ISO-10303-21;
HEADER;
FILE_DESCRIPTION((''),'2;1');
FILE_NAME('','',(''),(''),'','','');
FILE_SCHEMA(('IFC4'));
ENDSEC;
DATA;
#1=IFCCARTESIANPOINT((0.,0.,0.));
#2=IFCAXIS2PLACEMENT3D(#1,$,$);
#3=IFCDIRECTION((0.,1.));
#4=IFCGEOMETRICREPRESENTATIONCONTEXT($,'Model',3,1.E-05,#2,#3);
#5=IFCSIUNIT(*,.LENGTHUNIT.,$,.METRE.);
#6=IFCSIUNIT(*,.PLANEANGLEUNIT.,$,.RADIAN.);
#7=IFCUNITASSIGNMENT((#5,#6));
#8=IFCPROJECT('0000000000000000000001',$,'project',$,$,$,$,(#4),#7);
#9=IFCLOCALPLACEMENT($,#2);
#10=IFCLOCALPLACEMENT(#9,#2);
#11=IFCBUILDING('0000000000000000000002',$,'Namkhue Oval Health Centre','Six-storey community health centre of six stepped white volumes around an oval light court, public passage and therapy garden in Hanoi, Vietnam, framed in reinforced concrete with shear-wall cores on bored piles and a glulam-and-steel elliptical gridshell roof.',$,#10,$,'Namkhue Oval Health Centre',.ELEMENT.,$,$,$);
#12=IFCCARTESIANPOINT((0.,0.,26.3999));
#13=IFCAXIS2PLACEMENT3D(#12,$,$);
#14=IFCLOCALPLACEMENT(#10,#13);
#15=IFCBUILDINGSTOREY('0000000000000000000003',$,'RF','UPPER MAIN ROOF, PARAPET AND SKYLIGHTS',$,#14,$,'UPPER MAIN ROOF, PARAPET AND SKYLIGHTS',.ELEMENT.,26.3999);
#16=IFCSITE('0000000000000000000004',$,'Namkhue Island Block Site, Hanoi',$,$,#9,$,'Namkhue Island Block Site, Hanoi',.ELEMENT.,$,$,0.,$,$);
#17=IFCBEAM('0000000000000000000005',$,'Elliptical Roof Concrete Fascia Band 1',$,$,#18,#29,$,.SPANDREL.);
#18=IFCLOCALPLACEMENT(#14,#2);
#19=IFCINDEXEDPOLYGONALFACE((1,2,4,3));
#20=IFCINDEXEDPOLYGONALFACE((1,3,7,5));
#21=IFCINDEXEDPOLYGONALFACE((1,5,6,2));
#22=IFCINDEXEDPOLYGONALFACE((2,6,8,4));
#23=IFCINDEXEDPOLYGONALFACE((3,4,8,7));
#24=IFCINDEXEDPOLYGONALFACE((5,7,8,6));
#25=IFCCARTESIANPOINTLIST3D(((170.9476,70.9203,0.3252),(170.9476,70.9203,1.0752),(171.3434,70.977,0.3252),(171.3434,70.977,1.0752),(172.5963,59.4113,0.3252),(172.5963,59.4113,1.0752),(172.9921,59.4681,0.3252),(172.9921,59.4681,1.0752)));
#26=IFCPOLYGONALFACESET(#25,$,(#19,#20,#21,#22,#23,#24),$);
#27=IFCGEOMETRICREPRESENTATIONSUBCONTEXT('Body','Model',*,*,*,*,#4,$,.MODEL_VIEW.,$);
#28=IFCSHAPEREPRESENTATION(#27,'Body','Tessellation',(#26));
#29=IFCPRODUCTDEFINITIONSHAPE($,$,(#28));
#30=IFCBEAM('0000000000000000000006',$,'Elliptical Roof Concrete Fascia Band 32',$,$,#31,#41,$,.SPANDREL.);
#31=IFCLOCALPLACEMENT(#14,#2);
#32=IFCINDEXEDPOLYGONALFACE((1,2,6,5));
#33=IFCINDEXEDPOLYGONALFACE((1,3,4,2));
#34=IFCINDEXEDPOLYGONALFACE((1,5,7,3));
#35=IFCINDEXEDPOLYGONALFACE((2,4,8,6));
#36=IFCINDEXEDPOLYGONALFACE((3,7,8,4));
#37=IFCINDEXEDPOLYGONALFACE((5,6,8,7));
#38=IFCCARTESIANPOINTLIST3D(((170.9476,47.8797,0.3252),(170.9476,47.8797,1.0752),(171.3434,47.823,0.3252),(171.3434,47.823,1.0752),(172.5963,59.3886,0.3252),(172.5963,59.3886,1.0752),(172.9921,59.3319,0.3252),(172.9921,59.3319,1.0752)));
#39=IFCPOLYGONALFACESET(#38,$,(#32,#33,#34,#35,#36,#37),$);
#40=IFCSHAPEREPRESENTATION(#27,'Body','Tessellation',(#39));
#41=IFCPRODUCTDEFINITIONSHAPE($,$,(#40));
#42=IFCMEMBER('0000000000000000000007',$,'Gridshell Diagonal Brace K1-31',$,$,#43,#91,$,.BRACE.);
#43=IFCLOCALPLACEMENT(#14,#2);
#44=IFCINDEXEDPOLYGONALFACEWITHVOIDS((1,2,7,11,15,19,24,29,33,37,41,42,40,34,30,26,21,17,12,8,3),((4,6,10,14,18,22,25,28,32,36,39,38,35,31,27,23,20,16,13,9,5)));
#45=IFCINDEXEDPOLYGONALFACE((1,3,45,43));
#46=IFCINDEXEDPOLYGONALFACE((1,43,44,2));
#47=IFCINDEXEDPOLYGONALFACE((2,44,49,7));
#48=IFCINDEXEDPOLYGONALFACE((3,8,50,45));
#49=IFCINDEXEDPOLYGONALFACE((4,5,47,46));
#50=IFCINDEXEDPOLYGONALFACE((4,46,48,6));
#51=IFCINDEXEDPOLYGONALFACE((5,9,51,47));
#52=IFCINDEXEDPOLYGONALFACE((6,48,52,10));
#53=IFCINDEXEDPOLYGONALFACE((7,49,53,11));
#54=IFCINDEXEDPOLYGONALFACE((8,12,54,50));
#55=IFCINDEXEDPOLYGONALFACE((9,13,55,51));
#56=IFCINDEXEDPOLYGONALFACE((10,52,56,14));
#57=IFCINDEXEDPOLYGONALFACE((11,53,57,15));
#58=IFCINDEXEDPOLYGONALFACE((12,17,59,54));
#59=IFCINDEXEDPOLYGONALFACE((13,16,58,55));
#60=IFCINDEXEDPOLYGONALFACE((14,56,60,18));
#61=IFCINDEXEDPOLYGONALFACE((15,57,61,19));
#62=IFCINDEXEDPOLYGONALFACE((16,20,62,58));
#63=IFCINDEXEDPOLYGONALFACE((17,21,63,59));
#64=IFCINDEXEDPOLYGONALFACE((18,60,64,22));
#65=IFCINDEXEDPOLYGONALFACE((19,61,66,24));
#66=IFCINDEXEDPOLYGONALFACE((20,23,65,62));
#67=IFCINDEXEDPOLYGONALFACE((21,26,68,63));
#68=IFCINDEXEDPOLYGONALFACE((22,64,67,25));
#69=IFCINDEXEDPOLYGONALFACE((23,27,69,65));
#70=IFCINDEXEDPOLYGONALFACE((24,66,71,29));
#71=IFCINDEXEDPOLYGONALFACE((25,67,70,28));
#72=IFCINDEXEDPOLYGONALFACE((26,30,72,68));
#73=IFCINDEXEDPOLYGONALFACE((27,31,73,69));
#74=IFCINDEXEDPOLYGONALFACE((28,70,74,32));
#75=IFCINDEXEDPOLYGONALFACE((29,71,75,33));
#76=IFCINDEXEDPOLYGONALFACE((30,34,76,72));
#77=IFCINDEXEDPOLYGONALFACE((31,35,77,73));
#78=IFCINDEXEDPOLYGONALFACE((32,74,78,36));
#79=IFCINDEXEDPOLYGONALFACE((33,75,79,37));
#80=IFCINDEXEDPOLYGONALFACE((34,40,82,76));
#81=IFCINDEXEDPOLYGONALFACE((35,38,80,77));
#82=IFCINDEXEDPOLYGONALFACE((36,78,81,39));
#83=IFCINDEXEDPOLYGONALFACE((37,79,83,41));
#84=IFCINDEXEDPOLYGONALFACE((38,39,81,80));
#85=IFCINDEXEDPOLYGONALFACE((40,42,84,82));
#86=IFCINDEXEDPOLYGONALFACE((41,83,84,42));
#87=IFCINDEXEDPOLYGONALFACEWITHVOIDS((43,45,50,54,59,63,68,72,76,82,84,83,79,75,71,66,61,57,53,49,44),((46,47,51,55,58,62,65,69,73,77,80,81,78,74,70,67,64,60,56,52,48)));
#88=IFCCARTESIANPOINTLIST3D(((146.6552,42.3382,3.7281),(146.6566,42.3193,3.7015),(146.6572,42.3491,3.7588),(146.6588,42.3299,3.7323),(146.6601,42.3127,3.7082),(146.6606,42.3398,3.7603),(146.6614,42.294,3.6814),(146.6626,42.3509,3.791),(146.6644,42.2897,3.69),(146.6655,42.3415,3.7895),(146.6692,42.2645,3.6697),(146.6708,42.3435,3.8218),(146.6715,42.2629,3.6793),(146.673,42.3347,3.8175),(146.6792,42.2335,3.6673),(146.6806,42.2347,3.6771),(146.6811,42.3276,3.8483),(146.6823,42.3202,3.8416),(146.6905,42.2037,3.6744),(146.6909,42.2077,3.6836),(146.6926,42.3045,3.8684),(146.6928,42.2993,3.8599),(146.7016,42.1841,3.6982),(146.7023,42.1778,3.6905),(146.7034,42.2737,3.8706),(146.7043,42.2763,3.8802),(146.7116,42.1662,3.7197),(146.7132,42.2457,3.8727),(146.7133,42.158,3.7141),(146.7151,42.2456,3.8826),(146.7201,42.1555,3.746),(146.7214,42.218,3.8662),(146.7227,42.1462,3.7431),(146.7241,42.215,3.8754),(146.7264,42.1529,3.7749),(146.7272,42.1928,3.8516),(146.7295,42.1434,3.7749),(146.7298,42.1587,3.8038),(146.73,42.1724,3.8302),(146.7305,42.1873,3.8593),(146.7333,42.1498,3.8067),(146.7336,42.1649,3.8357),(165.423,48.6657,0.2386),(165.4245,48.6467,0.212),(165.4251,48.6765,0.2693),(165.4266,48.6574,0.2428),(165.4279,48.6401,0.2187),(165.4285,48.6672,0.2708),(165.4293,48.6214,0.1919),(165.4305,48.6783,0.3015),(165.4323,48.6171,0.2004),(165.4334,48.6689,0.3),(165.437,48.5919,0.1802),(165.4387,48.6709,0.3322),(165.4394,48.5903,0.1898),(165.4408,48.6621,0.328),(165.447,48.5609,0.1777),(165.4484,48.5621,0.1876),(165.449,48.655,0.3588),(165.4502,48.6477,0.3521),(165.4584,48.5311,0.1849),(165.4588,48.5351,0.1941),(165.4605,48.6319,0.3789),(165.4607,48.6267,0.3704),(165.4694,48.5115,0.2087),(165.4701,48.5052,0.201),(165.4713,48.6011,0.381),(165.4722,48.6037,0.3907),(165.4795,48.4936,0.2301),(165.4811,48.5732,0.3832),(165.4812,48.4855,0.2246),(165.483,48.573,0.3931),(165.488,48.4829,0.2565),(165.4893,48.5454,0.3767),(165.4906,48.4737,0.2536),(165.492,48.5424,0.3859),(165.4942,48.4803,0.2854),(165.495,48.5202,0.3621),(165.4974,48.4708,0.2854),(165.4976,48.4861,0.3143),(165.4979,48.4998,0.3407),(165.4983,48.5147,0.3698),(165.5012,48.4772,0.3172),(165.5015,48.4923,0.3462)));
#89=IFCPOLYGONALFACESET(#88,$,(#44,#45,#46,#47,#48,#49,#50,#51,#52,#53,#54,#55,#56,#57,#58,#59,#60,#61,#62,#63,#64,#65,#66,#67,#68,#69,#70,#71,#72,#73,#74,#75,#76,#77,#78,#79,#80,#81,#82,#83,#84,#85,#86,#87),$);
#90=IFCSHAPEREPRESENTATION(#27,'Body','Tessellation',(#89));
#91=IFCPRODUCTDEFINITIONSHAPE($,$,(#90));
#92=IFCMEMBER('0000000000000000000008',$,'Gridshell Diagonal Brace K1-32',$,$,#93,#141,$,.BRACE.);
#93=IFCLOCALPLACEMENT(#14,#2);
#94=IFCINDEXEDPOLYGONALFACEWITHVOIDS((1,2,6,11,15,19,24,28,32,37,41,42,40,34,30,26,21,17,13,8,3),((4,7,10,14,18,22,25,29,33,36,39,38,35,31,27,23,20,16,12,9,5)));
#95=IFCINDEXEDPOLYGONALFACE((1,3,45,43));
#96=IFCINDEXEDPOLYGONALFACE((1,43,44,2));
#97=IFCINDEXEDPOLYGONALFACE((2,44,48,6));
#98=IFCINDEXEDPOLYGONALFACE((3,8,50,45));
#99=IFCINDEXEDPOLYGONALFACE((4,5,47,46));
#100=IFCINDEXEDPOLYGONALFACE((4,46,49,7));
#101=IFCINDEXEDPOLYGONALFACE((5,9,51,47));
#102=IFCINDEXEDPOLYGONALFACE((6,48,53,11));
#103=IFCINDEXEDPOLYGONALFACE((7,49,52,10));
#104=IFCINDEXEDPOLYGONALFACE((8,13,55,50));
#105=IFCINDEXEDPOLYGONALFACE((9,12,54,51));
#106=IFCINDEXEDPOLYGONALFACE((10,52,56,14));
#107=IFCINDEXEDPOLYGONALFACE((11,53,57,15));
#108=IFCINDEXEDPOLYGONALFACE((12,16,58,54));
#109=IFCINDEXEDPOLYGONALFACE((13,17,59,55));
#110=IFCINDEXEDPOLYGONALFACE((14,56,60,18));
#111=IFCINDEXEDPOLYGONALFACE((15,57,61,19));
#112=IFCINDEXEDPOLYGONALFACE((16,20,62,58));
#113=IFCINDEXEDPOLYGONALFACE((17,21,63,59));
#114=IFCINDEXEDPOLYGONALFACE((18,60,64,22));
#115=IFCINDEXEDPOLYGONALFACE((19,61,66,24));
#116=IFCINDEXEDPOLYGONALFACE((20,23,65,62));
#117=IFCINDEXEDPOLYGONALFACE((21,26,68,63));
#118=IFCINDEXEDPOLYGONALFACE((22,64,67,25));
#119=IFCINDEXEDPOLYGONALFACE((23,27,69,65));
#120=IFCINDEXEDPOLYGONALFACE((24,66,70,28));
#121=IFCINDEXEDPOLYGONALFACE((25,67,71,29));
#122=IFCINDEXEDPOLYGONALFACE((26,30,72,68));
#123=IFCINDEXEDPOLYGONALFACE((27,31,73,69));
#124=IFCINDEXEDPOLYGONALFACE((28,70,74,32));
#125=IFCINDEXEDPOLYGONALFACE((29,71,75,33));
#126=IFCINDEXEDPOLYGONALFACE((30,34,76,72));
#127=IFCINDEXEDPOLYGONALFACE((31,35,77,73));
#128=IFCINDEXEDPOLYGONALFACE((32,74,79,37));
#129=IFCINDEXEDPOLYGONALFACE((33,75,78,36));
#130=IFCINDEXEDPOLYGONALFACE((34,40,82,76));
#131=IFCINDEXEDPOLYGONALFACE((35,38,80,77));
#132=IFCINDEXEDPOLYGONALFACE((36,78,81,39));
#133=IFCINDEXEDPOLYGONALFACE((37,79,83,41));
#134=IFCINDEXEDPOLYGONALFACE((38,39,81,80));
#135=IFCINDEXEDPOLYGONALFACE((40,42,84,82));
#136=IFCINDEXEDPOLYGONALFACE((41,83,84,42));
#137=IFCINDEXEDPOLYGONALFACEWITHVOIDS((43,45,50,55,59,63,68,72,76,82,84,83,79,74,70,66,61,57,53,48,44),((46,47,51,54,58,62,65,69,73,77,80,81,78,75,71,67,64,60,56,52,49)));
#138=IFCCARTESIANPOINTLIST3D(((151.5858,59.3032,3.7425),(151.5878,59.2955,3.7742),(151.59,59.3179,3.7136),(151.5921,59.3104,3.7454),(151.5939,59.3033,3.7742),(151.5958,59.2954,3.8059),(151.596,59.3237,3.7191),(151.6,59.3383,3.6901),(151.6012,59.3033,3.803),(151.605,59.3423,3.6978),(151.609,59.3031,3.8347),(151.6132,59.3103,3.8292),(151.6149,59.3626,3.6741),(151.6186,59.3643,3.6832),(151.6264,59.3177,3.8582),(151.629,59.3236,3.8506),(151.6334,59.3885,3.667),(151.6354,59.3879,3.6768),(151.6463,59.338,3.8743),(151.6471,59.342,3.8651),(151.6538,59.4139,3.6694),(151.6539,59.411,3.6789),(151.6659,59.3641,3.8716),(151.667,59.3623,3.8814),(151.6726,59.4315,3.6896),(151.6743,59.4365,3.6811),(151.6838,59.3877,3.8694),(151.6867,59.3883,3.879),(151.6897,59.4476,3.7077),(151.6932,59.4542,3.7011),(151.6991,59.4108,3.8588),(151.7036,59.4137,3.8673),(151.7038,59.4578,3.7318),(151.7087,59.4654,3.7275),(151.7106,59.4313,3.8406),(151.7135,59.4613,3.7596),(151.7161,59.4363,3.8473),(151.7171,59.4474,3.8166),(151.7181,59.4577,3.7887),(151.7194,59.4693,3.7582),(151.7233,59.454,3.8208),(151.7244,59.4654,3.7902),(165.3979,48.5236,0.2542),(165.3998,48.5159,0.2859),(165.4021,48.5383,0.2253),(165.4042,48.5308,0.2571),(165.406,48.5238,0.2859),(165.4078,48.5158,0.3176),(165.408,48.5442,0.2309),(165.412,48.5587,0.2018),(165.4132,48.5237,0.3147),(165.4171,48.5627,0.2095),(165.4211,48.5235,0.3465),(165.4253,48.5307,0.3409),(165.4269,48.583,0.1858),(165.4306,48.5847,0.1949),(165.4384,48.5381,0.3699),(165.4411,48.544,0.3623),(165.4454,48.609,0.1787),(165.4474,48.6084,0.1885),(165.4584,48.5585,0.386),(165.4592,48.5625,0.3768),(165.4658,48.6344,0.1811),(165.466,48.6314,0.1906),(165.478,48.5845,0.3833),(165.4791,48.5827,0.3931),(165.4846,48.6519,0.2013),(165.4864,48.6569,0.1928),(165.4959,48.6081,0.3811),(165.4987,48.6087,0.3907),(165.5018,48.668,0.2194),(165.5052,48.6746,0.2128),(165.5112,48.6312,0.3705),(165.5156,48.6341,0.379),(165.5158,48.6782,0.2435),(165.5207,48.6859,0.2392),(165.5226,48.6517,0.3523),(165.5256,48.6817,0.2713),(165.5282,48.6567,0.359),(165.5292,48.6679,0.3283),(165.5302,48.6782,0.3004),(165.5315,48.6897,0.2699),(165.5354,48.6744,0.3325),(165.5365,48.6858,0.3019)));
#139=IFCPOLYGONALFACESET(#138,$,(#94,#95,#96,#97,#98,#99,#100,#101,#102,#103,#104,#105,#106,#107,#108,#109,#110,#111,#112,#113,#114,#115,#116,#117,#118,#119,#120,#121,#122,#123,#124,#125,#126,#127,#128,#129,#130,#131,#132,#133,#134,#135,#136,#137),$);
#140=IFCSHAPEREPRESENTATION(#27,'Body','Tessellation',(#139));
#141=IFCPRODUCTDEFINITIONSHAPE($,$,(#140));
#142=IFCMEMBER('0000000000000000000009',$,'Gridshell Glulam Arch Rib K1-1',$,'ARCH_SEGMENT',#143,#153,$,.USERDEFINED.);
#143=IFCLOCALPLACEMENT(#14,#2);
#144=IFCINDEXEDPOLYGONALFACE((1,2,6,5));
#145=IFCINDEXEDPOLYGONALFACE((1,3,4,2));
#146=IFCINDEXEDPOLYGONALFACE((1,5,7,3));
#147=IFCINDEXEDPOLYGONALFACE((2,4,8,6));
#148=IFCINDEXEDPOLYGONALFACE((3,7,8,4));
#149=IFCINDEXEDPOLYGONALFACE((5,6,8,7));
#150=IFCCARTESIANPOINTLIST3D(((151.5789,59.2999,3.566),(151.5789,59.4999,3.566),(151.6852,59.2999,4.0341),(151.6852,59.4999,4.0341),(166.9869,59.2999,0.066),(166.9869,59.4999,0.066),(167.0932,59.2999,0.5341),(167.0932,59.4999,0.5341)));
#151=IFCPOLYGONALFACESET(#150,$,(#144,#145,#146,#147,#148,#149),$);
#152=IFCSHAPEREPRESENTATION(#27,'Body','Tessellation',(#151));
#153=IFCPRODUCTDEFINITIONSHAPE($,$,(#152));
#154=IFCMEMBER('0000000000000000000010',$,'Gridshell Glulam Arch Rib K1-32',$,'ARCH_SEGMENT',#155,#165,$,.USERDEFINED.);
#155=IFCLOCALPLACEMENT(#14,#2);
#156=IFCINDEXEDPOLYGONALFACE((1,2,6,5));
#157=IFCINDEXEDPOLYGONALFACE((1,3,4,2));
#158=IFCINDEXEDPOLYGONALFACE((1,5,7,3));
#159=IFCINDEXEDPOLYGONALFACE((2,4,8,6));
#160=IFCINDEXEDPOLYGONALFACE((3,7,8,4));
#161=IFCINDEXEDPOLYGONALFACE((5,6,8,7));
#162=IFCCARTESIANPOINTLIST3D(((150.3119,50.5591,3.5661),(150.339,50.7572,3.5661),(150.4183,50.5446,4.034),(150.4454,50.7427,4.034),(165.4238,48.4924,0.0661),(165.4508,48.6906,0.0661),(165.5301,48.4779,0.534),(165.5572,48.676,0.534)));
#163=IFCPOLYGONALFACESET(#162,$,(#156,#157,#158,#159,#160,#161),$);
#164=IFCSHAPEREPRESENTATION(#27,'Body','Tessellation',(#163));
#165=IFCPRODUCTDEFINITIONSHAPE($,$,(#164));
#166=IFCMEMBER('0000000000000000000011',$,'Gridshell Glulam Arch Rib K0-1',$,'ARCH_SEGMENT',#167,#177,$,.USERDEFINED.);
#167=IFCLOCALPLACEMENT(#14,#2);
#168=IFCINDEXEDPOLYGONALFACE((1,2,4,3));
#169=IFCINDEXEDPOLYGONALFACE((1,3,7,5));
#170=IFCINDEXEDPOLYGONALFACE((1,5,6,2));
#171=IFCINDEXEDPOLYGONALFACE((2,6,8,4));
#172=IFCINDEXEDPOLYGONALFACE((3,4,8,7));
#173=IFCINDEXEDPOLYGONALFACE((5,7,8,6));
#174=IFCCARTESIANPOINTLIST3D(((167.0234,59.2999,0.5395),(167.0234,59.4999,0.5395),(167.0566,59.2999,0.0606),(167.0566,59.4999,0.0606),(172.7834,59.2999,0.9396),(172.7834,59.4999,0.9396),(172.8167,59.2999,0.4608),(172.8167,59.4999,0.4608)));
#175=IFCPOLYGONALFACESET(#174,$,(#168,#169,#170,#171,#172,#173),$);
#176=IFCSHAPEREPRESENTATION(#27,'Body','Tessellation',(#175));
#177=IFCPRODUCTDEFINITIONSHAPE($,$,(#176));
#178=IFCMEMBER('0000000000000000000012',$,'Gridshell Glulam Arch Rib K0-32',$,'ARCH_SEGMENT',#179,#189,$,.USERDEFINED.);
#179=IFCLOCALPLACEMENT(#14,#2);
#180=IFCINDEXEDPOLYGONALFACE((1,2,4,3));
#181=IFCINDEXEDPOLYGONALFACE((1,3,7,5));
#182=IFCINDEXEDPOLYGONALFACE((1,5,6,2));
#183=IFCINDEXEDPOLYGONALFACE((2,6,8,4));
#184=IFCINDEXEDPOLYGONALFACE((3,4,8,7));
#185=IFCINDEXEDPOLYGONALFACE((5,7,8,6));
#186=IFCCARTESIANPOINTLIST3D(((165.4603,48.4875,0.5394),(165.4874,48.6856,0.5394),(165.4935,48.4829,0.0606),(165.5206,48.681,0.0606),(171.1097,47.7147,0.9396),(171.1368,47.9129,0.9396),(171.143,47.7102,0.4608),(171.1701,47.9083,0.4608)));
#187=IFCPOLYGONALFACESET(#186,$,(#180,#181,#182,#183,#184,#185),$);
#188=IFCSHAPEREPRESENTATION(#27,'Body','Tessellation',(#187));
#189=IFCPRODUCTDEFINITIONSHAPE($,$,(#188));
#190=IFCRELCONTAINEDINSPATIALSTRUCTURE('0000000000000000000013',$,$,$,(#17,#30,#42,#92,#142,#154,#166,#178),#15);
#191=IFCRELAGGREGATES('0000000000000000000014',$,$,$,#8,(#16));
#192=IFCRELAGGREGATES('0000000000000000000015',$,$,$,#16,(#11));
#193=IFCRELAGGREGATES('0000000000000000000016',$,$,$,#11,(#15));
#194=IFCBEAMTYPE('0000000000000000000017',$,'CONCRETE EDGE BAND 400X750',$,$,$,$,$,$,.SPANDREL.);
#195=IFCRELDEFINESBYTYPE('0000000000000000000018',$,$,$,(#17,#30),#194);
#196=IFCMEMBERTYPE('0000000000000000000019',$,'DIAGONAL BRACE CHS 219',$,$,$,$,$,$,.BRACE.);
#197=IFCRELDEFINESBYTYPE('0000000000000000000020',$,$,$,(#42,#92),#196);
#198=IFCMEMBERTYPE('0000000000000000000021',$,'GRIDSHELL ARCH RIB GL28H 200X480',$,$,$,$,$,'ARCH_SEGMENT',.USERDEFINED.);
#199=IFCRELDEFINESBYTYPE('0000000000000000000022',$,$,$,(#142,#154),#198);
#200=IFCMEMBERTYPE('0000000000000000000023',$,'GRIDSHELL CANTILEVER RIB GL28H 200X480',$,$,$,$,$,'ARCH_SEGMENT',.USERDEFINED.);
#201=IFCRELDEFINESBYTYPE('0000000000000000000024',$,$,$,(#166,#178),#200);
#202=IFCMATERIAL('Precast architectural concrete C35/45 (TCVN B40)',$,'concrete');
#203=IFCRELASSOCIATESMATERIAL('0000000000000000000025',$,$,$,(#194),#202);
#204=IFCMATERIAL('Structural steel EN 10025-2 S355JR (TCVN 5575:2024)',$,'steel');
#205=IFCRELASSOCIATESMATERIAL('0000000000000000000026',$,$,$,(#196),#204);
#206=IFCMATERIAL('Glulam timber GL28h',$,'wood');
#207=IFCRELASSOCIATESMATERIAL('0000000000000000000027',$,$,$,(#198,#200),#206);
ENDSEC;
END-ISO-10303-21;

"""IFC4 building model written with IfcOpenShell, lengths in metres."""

from ifc_helpers import new_model, si_unit, direction, frame, origin, origin_2d, place, context, subcontext, project, spatial, rectangle, hollow_circle, extrude, material, material_profile, profile_set, type_object, element, save


model = new_model("IFC4")

# Units and contexts
model_context = context("Model", 3, precision=1e-05, world=origin(), true_north=direction((0.0, 1.0)))
body_context = subcontext(model_context, "Body", "Model", "MODEL_VIEW")
ifc_project = project(units=[si_unit("LENGTHUNIT", "METRE"), si_unit("PLANEANGLEUNIT", "RADIAN")], contexts=[model_context])

# Site, building, storey
site_placement = place(None, origin())
site = spatial("IfcSite", under=ifc_project, at=site_placement, Name="Namkhue Island Block Site, Hanoi", LongName="Namkhue Island Block Site, Hanoi", CompositionType="ELEMENT", RefElevation=0.0)
building_placement = place(site_placement, origin())
building = spatial("IfcBuilding", under=site, at=building_placement, Name="Namkhue Oval Health Centre", Description="Six-storey community health centre of six stepped white volumes around an oval light court, public passage and therapy garden in Hanoi, Vietnam, framed in reinforced concrete with shear-wall cores on bored piles and a glulam-and-steel elliptical gridshell roof.", LongName="Namkhue Oval Health Centre", CompositionType="ELEMENT")
storey_placement = place(building_placement, frame((0.0, 0.0, 26.3999)))
storey = spatial("IfcBuildingStorey", under=building, at=storey_placement, Name="RF", Description="UPPER MAIN ROOF, PARAPET AND SKYLIGHTS", LongName="UPPER MAIN ROOF, PARAPET AND SKYLIGHTS", CompositionType="ELEMENT", Elevation=26.3999)

# Beams
ifc_material_1 = material(Name="Precast architectural concrete C35/45 (TCVN B40)", Category="concrete")
ifc_material_profile_1 = material_profile(ifc_material_1, rectangle(XDim=0.3999, YDim=0.75, at=origin_2d()), Name="RC 400x750")
ifc_profile_set_1 = profile_set([ifc_material_profile_1], Name="Precast architectural concrete C35/45 (TCVN B40)")
beam_type = type_object("IfcBeamType", Name="CONCRETE EDGE BAND 400X750", PredefinedType="SPANDREL", material=ifc_profile_set_1)
for number, where, z_axis, x_axis, name in (
    (1, (172.7942, 59.4397, 0.7002), (-0.141804, 0.989895, 0.0), (-0.989895, -0.141804, 0.0), "Elliptical Roof Concrete Fascia Band 1"),
    (2, (171.1455, 47.8513, 0.7002), (0.141804, 0.989895, 0.0), (-0.989895, 0.141804, 0.0), "Elliptical Roof Concrete Fascia Band 32"),
):
    element("IfcBeam", number, at=place(storey_placement, frame(where, z_axis=z_axis, x_axis=x_axis)), inside=storey, type_object=beam_type, Name=name, PredefinedType="SPANDREL", context=body_context, shape_type="SweptSolid", body=[
        extrude(rectangle(XDim=0.3999, YDim=0.75, at=origin_2d()), origin(), (0.0, 0.0, 1.0), 11.6265),
    ])

# Members
ifc_material_2 = material(Name="Structural steel EN 10025-2 S355JR (TCVN 5575:2024)", Category="steel")
ifc_material_profile_2 = material_profile(ifc_material_2, hollow_circle(Radius=0.1096, WallThickness=0.01, at=origin_2d()), Name="CHS 219.1x10")
ifc_profile_set_2 = profile_set([ifc_material_profile_2], Name="Structural steel EN 10025-2 S355JR (TCVN 5575:2024)")
member_type_1 = type_object("IfcMemberType", Name="DIAGONAL BRACE CHS 219", PredefinedType="BRACE", material=ifc_profile_set_2)
member_1_placement = place(storey_placement, frame((165.4624, 48.5747, 0.2854), z_axis=(-0.933222, -0.314627, 0.173514), x_axis=(0.319473, -0.947595, 0.0)))
element("IfcMember", 3, at=member_1_placement, inside=storey, type_object=member_type_1, Name="Gridshell Diagonal Brace K1-31", PredefinedType="BRACE", context=body_context, shape_type="SweptSolid", body=[
    extrude(hollow_circle(Radius=0.1096, WallThickness=0.01, at=origin_2d()), origin(), (0.0, 0.0, 1.0), 20.1108),
])
member_2_placement = place(storey_placement, frame((165.4673, 48.6023, 0.2859), z_axis=(-0.773157, 0.603408, 0.195264), x_axis=(-0.615251, -0.788331, 0.0)))
element("IfcMember", 4, at=member_2_placement, inside=storey, type_object=member_type_1, Name="Gridshell Diagonal Brace K1-32", PredefinedType="BRACE", context=body_context, shape_type="SweptSolid", body=[
    extrude(hollow_circle(Radius=0.1096, WallThickness=0.01, at=origin_2d()), origin(), (0.0, 0.0, 1.0), 17.8645),
])
ifc_material_3 = material(Name="Glulam timber GL28h", Category="wood")
ifc_material_profile_3 = material_profile(ifc_material_3, rectangle(XDim=0.2, YDim=0.48, at=origin_2d()), Name="GL28h 200x480")
ifc_profile_set_3 = profile_set([ifc_material_profile_3], Name="Glulam timber GL28h")
member_type_2 = type_object("IfcMemberType", Name="GRIDSHELL ARCH RIB GL28H 200X480", ElementType="ARCH_SEGMENT", PredefinedType="USERDEFINED", material=ifc_profile_set_3)
member_3_placement = place(storey_placement, frame((167.04, 59.3999, 0.3), z_axis=(-0.975158, 0.0, 0.221512), x_axis=(0.0, -1.0, 0.0)))
element("IfcMember", 5, at=member_3_placement, inside=storey, type_object=member_type_2, Name="Gridshell Glulam Arch Rib K1-1", ObjectType="ARCH_SEGMENT", PredefinedType="USERDEFINED", context=body_context, shape_type="SweptSolid", body=[
    extrude(rectangle(XDim=0.2, YDim=0.48, at=origin_2d()), origin(), (0.0, 0.0, 1.0), 15.8005),
])
member_4_placement = place(storey_placement, frame((165.4905, 48.5842, 0.3), z_axis=(-0.965679, 0.132064, 0.223658), x_axis=(-0.135496, -0.990778, 0.0)))
element("IfcMember", 6, at=member_4_placement, inside=storey, type_object=member_type_2, Name="Gridshell Glulam Arch Rib K1-32", ObjectType="ARCH_SEGMENT", PredefinedType="USERDEFINED", context=body_context, shape_type="SweptSolid", body=[
    extrude(rectangle(XDim=0.2, YDim=0.48, at=origin_2d()), origin(), (0.0, 0.0, 1.0), 15.6489),
])
ifc_material_profile_4 = material_profile(ifc_material_3, rectangle(XDim=0.2, YDim=0.48, at=origin_2d()), Name="GL28h 200x480")
ifc_profile_set_4 = profile_set([ifc_material_profile_4], Name="Glulam timber GL28h")
member_type_3 = type_object("IfcMemberType", Name="GRIDSHELL CANTILEVER RIB GL28H 200X480", ElementType="ARCH_SEGMENT", PredefinedType="USERDEFINED", material=ifc_profile_set_4)
member_5_placement = place(storey_placement, frame((172.8, 59.3999, 0.7002), z_axis=(-0.997596, 0.0, -0.069303), x_axis=(0.0, -1.0, 0.0)))
element("IfcMember", 7, at=member_5_placement, inside=storey, type_object=member_type_3, Name="Gridshell Glulam Arch Rib K0-1", ObjectType="ARCH_SEGMENT", PredefinedType="USERDEFINED", context=body_context, shape_type="SweptSolid", body=[
    extrude(rectangle(XDim=0.2, YDim=0.48, at=origin_2d()), origin(), (0.0, 0.0, 1.0), 5.7739),
])
member_6_placement = place(storey_placement, frame((171.1399, 47.8115, 0.7002), z_axis=(-0.988345, 0.135182, -0.070004), x_axis=(-0.135514, -0.990775, 0.0)))
element("IfcMember", 8, at=member_6_placement, inside=storey, type_object=member_type_3, Name="Gridshell Glulam Arch Rib K0-32", ObjectType="ARCH_SEGMENT", PredefinedType="USERDEFINED", context=body_context, shape_type="SweptSolid", body=[
    extrude(rectangle(XDim=0.2, YDim=0.48, at=origin_2d()), origin(), (0.0, 0.0, 1.0), 5.7161),
])

save(model, "model.ifc")
